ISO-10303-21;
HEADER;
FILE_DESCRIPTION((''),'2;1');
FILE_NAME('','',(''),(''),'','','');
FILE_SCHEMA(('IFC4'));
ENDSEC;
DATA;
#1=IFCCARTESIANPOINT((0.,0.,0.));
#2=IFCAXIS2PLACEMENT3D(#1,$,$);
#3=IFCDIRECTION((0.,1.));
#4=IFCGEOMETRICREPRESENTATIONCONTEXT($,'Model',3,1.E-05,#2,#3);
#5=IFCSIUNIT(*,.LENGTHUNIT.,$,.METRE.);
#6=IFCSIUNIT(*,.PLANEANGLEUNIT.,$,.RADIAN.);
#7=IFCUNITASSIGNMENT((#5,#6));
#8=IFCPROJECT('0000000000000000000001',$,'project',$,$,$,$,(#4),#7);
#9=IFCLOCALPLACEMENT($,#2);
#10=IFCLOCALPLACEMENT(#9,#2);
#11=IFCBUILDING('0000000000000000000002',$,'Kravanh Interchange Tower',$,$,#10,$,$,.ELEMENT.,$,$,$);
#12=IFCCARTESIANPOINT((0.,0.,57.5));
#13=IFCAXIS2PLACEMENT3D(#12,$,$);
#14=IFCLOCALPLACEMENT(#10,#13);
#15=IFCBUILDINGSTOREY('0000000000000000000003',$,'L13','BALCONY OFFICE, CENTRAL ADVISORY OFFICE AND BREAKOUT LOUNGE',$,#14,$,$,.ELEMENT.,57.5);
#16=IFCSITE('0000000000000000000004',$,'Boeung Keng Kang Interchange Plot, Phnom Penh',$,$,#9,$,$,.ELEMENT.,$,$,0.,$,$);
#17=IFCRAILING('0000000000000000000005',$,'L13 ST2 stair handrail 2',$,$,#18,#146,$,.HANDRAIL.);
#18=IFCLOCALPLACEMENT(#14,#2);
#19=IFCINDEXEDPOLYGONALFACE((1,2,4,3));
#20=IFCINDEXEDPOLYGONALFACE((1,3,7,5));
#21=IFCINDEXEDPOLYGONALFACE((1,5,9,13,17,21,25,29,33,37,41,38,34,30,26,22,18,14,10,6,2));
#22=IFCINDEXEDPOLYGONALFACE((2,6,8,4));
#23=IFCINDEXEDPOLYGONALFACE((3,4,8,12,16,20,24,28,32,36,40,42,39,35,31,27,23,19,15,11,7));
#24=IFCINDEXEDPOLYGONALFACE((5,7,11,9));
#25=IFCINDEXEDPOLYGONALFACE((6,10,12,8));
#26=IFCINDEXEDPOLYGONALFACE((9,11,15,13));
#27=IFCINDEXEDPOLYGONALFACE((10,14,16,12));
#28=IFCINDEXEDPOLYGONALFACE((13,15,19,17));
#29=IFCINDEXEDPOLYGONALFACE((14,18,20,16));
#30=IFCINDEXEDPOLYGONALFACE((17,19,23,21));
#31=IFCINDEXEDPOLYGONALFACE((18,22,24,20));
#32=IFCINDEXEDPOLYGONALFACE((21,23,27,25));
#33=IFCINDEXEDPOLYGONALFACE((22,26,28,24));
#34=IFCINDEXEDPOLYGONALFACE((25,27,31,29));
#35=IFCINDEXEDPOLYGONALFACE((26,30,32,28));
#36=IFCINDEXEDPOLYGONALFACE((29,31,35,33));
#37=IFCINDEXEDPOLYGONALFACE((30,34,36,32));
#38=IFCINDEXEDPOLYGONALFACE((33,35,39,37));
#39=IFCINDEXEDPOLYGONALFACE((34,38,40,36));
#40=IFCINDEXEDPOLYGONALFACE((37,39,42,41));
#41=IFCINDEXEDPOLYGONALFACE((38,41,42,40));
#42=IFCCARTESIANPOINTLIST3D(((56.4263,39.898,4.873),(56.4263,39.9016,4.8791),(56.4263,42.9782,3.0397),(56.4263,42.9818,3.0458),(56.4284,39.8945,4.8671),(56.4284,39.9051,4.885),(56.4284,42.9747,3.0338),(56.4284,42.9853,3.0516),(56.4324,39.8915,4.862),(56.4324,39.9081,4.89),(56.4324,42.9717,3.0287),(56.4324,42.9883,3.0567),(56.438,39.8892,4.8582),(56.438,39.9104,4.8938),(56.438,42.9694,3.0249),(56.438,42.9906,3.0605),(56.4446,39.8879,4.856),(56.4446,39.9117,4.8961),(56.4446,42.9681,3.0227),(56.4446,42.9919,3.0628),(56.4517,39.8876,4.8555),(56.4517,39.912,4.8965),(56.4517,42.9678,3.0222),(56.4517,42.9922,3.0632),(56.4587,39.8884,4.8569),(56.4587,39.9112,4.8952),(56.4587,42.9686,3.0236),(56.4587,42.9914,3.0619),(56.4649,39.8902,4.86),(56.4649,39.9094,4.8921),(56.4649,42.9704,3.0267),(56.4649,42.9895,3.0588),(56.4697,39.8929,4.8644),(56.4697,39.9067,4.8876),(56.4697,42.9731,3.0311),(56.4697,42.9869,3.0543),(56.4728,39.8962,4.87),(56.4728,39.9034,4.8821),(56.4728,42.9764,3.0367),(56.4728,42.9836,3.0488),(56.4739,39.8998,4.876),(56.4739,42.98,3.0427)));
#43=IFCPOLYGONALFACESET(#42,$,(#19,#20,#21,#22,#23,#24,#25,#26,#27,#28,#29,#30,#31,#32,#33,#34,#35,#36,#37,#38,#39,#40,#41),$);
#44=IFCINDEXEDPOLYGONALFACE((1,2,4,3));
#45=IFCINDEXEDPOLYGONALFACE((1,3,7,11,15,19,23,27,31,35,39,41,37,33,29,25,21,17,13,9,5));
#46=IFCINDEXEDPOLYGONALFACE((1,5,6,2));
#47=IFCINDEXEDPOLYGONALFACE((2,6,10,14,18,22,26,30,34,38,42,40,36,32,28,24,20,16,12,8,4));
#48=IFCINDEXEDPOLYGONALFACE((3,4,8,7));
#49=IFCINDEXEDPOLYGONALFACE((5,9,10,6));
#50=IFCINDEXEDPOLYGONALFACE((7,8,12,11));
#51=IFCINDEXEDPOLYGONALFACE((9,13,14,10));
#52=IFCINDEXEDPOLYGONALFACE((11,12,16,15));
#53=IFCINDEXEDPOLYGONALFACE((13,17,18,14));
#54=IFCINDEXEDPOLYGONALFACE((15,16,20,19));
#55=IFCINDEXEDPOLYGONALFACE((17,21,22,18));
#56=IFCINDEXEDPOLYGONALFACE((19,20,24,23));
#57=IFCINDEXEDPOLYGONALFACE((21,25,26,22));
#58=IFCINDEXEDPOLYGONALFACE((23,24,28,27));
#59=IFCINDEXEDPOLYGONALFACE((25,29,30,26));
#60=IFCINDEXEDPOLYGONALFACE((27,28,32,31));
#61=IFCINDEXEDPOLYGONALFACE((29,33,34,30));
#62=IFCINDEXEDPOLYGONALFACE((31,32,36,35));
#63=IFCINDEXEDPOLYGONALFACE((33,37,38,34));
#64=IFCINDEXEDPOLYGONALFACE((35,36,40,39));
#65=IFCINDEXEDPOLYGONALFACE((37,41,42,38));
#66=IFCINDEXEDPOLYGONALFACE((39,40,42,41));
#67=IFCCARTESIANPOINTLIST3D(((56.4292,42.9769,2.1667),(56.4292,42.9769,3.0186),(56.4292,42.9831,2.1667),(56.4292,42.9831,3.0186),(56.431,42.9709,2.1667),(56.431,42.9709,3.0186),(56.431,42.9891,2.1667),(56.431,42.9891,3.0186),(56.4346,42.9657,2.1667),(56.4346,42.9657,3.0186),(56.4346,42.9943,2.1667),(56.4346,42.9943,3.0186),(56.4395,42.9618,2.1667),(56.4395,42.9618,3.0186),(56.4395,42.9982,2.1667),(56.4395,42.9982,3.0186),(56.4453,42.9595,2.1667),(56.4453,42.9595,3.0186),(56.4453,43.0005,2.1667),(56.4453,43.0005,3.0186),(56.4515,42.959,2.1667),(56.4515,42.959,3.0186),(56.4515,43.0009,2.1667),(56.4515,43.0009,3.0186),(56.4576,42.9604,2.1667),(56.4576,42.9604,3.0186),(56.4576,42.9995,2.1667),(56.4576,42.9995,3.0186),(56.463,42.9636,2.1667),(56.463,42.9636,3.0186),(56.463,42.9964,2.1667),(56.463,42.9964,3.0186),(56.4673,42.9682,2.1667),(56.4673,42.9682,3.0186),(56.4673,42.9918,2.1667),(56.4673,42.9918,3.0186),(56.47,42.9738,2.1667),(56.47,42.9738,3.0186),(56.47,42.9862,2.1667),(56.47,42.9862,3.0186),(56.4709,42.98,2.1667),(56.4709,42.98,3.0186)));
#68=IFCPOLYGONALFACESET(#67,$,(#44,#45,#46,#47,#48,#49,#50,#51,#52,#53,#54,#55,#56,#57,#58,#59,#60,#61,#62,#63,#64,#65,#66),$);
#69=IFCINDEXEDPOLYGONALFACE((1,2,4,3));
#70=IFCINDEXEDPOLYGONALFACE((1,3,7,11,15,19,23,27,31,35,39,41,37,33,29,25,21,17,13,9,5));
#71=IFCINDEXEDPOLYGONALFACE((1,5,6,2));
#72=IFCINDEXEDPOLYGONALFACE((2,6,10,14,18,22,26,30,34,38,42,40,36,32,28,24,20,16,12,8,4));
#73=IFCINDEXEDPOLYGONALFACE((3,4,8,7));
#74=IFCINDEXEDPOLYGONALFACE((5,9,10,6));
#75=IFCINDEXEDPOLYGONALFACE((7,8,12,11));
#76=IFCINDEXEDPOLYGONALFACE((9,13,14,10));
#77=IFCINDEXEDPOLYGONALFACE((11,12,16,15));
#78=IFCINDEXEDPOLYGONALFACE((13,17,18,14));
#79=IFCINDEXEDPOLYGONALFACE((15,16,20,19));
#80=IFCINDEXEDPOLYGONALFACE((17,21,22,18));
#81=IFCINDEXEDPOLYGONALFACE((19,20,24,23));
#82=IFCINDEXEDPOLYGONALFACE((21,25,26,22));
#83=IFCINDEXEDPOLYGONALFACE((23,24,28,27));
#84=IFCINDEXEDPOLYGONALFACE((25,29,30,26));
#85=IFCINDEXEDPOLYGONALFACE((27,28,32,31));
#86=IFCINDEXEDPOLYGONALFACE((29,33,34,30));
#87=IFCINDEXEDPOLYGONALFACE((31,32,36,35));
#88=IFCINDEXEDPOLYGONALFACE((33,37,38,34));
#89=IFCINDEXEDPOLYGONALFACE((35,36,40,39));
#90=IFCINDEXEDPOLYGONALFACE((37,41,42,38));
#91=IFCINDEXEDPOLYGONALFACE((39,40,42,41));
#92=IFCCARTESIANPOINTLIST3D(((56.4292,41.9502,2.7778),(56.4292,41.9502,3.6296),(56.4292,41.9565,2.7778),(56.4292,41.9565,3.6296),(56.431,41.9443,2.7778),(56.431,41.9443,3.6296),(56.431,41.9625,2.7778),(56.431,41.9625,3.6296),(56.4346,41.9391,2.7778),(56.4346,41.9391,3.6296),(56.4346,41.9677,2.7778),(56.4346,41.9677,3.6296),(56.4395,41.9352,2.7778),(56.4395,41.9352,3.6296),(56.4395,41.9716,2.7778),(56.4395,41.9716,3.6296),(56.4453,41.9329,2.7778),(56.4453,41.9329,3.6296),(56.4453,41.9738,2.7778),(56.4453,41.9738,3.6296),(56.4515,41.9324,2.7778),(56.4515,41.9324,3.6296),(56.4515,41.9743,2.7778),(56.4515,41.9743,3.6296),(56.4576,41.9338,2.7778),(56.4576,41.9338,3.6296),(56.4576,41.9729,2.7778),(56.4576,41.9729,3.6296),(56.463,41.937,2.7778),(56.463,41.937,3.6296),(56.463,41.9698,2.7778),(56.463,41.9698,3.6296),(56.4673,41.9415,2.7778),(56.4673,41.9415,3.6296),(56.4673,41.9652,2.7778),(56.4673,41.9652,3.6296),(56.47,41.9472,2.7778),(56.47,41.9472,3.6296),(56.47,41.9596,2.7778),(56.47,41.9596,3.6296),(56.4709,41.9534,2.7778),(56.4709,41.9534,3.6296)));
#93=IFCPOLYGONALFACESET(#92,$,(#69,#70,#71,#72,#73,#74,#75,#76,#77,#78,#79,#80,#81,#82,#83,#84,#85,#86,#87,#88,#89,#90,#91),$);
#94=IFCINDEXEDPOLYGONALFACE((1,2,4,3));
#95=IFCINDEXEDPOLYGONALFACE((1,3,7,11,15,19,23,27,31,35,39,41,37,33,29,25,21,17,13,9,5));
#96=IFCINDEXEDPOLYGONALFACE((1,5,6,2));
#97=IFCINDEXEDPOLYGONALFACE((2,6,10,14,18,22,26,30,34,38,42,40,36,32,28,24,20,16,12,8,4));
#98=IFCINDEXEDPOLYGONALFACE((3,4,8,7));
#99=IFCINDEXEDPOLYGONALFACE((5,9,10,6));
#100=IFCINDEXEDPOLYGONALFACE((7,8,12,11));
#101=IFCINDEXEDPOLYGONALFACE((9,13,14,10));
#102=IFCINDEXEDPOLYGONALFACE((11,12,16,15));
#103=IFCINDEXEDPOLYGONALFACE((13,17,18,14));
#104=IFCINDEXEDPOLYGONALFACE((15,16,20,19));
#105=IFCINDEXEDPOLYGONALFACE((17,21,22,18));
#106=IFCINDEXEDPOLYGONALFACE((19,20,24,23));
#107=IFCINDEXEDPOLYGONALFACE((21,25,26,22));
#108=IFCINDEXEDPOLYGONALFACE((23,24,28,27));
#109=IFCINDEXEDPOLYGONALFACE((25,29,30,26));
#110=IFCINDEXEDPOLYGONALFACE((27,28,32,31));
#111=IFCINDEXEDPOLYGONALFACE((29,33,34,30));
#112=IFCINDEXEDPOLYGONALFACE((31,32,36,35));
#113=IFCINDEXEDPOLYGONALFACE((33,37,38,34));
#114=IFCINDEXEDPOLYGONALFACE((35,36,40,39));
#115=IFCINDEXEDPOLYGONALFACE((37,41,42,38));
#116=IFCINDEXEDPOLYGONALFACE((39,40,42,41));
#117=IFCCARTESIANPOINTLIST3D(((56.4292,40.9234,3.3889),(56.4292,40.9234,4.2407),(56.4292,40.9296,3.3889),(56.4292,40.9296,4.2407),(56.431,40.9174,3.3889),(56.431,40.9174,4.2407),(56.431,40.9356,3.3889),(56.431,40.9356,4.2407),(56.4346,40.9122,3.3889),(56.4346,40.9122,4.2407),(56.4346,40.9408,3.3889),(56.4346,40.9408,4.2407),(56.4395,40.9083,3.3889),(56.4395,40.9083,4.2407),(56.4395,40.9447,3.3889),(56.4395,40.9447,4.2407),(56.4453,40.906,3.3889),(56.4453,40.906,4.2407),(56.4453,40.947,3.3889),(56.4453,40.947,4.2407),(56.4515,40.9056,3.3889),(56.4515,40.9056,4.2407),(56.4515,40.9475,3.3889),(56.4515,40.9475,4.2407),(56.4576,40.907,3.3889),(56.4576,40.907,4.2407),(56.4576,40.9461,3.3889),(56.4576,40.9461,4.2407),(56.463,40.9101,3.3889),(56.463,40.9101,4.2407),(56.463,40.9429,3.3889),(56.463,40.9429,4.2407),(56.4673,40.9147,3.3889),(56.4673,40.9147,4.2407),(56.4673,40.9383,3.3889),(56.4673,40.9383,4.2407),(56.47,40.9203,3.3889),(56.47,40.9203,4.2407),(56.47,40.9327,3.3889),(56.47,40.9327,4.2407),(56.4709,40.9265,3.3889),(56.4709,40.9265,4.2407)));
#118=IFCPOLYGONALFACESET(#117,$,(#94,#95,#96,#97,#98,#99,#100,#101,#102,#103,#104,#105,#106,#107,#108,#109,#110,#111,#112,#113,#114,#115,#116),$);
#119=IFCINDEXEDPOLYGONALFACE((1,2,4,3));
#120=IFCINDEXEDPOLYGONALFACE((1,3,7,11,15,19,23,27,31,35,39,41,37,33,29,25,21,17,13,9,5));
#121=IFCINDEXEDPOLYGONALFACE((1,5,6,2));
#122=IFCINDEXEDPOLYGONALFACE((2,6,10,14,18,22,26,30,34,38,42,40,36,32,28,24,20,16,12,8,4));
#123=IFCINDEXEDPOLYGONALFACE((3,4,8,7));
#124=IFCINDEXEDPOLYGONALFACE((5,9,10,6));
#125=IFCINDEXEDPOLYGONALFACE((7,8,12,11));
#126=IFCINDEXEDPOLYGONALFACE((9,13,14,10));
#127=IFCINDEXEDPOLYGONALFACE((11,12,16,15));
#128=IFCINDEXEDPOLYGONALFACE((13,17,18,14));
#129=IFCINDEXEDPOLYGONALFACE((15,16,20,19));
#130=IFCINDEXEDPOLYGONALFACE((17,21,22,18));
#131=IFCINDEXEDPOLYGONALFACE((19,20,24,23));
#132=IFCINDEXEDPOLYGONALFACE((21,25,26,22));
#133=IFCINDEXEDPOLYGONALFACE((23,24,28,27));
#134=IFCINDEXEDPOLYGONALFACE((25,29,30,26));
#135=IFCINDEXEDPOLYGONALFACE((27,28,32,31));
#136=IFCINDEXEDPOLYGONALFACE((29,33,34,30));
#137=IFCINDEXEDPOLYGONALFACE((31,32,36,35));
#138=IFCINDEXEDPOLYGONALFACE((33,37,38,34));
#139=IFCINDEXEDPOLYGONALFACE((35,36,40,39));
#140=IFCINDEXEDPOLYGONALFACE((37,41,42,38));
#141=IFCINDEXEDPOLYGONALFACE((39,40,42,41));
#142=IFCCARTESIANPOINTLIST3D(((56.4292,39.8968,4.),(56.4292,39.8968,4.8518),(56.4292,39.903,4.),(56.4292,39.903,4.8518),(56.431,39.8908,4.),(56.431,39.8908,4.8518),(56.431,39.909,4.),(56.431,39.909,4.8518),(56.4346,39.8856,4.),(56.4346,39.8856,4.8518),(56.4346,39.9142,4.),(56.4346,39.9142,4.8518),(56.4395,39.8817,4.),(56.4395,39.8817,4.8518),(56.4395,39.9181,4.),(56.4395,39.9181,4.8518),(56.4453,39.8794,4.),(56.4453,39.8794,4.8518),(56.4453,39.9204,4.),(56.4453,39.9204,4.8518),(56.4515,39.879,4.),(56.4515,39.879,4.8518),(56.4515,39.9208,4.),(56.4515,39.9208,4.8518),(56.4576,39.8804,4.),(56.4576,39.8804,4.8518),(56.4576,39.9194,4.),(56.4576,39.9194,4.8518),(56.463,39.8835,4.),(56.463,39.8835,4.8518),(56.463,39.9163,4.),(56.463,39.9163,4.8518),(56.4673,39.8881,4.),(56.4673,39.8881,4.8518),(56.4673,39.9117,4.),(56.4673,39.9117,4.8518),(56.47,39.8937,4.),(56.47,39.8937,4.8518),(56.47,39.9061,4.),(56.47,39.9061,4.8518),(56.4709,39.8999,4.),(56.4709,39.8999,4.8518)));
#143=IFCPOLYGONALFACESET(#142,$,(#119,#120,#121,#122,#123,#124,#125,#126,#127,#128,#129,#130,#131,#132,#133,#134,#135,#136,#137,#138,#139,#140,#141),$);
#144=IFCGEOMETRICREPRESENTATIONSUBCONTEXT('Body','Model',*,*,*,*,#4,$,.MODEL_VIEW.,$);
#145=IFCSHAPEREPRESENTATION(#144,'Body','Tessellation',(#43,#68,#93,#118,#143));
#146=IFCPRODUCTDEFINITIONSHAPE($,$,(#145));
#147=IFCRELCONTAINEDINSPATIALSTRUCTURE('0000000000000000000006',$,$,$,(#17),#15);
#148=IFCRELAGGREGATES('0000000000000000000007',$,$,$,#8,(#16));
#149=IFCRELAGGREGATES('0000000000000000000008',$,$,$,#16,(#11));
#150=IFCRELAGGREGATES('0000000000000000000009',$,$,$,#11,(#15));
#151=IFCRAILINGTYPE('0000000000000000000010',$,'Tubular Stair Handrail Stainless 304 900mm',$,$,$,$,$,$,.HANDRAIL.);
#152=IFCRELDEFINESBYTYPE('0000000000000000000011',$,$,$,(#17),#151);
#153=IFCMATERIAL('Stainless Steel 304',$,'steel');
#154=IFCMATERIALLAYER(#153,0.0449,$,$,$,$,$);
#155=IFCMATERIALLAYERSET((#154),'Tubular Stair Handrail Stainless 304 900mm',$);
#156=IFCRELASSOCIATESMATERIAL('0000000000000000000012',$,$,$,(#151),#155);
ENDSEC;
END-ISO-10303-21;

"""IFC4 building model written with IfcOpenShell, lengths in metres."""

from ifc_helpers import new_model, si_unit, direction, frame, origin, origin_2d, place, context, subcontext, project, spatial, circle, extrude, material, layer, layer_set, type_object, element, save


model = new_model("IFC4")

# Units and contexts
model_context = context("Model", 3, precision=1e-05, world=origin(), true_north=direction((0.0, 1.0)))
body_context = subcontext(model_context, "Body", "Model", "MODEL_VIEW")
ifc_project = project(units=[si_unit("LENGTHUNIT", "METRE"), si_unit("PLANEANGLEUNIT", "RADIAN")], contexts=[model_context])

# Site, building, storey
site_placement = place(None, origin())
site = spatial("IfcSite", under=ifc_project, at=site_placement, Name="Boeung Keng Kang Interchange Plot, Phnom Penh", CompositionType="ELEMENT", RefElevation=0.0)
building_placement = place(site_placement, origin())
building = spatial("IfcBuilding", under=site, at=building_placement, Name="Kravanh Interchange Tower", CompositionType="ELEMENT")
storey_placement = place(building_placement, frame((0.0, 0.0, 57.5)))
storey = spatial("IfcBuildingStorey", under=building, at=storey_placement, Name="L13", Description="BALCONY OFFICE, CENTRAL ADVISORY OFFICE AND BREAKOUT LOUNGE", CompositionType="ELEMENT", Elevation=57.5)

# Railing
ifc_material_1 = material(Name="Stainless Steel 304", Category="steel")
ifc_layer_1 = layer(ifc_material_1, 0.0449)
ifc_layer_set_1 = layer_set([ifc_layer_1], Name="Tubular Stair Handrail Stainless 304 900mm")
railing_type_1 = type_object("IfcRailingType", Name="Tubular Stair Handrail Stainless 304 900mm", PredefinedType="HANDRAIL", material=ifc_layer_set_1)
railing_1_placement = place(storey_placement, frame((56.45, 42.98, 2.1667)))
element("IfcRailing", 1, at=railing_1_placement, inside=storey, type_object=railing_type_1, Name="L13 ST2 stair handrail 2", PredefinedType="HANDRAIL", context=body_context, shape_type="SweptSolid", body=[
    extrude(circle(Radius=0.0239, at=origin_2d()), frame((0.0, 0.0, 0.876), z_axis=(0.0, -0.859309, 0.511458), x_axis=(1.0, 0.0, 0.0)), (0.0, 0.0, 1.0), 3.5845),
    extrude(circle(Radius=0.021, at=origin_2d()), origin(), (0.0, 0.0, 1.0), 0.8518),
    extrude(circle(Radius=0.021, at=origin_2d()), frame((0.0, -1.0266, 0.6111)), (0.0, 0.0, 1.0), 0.8518),
    extrude(circle(Radius=0.021, at=origin_2d()), frame((0.0, -2.0535, 1.2222)), (0.0, 0.0, 1.0), 0.8518),
    extrude(circle(Radius=0.021, at=origin_2d()), frame((0.0, -3.0801, 1.8333)), (0.0, 0.0, 1.0), 0.8518),
])

save(model, "model.ifc")
